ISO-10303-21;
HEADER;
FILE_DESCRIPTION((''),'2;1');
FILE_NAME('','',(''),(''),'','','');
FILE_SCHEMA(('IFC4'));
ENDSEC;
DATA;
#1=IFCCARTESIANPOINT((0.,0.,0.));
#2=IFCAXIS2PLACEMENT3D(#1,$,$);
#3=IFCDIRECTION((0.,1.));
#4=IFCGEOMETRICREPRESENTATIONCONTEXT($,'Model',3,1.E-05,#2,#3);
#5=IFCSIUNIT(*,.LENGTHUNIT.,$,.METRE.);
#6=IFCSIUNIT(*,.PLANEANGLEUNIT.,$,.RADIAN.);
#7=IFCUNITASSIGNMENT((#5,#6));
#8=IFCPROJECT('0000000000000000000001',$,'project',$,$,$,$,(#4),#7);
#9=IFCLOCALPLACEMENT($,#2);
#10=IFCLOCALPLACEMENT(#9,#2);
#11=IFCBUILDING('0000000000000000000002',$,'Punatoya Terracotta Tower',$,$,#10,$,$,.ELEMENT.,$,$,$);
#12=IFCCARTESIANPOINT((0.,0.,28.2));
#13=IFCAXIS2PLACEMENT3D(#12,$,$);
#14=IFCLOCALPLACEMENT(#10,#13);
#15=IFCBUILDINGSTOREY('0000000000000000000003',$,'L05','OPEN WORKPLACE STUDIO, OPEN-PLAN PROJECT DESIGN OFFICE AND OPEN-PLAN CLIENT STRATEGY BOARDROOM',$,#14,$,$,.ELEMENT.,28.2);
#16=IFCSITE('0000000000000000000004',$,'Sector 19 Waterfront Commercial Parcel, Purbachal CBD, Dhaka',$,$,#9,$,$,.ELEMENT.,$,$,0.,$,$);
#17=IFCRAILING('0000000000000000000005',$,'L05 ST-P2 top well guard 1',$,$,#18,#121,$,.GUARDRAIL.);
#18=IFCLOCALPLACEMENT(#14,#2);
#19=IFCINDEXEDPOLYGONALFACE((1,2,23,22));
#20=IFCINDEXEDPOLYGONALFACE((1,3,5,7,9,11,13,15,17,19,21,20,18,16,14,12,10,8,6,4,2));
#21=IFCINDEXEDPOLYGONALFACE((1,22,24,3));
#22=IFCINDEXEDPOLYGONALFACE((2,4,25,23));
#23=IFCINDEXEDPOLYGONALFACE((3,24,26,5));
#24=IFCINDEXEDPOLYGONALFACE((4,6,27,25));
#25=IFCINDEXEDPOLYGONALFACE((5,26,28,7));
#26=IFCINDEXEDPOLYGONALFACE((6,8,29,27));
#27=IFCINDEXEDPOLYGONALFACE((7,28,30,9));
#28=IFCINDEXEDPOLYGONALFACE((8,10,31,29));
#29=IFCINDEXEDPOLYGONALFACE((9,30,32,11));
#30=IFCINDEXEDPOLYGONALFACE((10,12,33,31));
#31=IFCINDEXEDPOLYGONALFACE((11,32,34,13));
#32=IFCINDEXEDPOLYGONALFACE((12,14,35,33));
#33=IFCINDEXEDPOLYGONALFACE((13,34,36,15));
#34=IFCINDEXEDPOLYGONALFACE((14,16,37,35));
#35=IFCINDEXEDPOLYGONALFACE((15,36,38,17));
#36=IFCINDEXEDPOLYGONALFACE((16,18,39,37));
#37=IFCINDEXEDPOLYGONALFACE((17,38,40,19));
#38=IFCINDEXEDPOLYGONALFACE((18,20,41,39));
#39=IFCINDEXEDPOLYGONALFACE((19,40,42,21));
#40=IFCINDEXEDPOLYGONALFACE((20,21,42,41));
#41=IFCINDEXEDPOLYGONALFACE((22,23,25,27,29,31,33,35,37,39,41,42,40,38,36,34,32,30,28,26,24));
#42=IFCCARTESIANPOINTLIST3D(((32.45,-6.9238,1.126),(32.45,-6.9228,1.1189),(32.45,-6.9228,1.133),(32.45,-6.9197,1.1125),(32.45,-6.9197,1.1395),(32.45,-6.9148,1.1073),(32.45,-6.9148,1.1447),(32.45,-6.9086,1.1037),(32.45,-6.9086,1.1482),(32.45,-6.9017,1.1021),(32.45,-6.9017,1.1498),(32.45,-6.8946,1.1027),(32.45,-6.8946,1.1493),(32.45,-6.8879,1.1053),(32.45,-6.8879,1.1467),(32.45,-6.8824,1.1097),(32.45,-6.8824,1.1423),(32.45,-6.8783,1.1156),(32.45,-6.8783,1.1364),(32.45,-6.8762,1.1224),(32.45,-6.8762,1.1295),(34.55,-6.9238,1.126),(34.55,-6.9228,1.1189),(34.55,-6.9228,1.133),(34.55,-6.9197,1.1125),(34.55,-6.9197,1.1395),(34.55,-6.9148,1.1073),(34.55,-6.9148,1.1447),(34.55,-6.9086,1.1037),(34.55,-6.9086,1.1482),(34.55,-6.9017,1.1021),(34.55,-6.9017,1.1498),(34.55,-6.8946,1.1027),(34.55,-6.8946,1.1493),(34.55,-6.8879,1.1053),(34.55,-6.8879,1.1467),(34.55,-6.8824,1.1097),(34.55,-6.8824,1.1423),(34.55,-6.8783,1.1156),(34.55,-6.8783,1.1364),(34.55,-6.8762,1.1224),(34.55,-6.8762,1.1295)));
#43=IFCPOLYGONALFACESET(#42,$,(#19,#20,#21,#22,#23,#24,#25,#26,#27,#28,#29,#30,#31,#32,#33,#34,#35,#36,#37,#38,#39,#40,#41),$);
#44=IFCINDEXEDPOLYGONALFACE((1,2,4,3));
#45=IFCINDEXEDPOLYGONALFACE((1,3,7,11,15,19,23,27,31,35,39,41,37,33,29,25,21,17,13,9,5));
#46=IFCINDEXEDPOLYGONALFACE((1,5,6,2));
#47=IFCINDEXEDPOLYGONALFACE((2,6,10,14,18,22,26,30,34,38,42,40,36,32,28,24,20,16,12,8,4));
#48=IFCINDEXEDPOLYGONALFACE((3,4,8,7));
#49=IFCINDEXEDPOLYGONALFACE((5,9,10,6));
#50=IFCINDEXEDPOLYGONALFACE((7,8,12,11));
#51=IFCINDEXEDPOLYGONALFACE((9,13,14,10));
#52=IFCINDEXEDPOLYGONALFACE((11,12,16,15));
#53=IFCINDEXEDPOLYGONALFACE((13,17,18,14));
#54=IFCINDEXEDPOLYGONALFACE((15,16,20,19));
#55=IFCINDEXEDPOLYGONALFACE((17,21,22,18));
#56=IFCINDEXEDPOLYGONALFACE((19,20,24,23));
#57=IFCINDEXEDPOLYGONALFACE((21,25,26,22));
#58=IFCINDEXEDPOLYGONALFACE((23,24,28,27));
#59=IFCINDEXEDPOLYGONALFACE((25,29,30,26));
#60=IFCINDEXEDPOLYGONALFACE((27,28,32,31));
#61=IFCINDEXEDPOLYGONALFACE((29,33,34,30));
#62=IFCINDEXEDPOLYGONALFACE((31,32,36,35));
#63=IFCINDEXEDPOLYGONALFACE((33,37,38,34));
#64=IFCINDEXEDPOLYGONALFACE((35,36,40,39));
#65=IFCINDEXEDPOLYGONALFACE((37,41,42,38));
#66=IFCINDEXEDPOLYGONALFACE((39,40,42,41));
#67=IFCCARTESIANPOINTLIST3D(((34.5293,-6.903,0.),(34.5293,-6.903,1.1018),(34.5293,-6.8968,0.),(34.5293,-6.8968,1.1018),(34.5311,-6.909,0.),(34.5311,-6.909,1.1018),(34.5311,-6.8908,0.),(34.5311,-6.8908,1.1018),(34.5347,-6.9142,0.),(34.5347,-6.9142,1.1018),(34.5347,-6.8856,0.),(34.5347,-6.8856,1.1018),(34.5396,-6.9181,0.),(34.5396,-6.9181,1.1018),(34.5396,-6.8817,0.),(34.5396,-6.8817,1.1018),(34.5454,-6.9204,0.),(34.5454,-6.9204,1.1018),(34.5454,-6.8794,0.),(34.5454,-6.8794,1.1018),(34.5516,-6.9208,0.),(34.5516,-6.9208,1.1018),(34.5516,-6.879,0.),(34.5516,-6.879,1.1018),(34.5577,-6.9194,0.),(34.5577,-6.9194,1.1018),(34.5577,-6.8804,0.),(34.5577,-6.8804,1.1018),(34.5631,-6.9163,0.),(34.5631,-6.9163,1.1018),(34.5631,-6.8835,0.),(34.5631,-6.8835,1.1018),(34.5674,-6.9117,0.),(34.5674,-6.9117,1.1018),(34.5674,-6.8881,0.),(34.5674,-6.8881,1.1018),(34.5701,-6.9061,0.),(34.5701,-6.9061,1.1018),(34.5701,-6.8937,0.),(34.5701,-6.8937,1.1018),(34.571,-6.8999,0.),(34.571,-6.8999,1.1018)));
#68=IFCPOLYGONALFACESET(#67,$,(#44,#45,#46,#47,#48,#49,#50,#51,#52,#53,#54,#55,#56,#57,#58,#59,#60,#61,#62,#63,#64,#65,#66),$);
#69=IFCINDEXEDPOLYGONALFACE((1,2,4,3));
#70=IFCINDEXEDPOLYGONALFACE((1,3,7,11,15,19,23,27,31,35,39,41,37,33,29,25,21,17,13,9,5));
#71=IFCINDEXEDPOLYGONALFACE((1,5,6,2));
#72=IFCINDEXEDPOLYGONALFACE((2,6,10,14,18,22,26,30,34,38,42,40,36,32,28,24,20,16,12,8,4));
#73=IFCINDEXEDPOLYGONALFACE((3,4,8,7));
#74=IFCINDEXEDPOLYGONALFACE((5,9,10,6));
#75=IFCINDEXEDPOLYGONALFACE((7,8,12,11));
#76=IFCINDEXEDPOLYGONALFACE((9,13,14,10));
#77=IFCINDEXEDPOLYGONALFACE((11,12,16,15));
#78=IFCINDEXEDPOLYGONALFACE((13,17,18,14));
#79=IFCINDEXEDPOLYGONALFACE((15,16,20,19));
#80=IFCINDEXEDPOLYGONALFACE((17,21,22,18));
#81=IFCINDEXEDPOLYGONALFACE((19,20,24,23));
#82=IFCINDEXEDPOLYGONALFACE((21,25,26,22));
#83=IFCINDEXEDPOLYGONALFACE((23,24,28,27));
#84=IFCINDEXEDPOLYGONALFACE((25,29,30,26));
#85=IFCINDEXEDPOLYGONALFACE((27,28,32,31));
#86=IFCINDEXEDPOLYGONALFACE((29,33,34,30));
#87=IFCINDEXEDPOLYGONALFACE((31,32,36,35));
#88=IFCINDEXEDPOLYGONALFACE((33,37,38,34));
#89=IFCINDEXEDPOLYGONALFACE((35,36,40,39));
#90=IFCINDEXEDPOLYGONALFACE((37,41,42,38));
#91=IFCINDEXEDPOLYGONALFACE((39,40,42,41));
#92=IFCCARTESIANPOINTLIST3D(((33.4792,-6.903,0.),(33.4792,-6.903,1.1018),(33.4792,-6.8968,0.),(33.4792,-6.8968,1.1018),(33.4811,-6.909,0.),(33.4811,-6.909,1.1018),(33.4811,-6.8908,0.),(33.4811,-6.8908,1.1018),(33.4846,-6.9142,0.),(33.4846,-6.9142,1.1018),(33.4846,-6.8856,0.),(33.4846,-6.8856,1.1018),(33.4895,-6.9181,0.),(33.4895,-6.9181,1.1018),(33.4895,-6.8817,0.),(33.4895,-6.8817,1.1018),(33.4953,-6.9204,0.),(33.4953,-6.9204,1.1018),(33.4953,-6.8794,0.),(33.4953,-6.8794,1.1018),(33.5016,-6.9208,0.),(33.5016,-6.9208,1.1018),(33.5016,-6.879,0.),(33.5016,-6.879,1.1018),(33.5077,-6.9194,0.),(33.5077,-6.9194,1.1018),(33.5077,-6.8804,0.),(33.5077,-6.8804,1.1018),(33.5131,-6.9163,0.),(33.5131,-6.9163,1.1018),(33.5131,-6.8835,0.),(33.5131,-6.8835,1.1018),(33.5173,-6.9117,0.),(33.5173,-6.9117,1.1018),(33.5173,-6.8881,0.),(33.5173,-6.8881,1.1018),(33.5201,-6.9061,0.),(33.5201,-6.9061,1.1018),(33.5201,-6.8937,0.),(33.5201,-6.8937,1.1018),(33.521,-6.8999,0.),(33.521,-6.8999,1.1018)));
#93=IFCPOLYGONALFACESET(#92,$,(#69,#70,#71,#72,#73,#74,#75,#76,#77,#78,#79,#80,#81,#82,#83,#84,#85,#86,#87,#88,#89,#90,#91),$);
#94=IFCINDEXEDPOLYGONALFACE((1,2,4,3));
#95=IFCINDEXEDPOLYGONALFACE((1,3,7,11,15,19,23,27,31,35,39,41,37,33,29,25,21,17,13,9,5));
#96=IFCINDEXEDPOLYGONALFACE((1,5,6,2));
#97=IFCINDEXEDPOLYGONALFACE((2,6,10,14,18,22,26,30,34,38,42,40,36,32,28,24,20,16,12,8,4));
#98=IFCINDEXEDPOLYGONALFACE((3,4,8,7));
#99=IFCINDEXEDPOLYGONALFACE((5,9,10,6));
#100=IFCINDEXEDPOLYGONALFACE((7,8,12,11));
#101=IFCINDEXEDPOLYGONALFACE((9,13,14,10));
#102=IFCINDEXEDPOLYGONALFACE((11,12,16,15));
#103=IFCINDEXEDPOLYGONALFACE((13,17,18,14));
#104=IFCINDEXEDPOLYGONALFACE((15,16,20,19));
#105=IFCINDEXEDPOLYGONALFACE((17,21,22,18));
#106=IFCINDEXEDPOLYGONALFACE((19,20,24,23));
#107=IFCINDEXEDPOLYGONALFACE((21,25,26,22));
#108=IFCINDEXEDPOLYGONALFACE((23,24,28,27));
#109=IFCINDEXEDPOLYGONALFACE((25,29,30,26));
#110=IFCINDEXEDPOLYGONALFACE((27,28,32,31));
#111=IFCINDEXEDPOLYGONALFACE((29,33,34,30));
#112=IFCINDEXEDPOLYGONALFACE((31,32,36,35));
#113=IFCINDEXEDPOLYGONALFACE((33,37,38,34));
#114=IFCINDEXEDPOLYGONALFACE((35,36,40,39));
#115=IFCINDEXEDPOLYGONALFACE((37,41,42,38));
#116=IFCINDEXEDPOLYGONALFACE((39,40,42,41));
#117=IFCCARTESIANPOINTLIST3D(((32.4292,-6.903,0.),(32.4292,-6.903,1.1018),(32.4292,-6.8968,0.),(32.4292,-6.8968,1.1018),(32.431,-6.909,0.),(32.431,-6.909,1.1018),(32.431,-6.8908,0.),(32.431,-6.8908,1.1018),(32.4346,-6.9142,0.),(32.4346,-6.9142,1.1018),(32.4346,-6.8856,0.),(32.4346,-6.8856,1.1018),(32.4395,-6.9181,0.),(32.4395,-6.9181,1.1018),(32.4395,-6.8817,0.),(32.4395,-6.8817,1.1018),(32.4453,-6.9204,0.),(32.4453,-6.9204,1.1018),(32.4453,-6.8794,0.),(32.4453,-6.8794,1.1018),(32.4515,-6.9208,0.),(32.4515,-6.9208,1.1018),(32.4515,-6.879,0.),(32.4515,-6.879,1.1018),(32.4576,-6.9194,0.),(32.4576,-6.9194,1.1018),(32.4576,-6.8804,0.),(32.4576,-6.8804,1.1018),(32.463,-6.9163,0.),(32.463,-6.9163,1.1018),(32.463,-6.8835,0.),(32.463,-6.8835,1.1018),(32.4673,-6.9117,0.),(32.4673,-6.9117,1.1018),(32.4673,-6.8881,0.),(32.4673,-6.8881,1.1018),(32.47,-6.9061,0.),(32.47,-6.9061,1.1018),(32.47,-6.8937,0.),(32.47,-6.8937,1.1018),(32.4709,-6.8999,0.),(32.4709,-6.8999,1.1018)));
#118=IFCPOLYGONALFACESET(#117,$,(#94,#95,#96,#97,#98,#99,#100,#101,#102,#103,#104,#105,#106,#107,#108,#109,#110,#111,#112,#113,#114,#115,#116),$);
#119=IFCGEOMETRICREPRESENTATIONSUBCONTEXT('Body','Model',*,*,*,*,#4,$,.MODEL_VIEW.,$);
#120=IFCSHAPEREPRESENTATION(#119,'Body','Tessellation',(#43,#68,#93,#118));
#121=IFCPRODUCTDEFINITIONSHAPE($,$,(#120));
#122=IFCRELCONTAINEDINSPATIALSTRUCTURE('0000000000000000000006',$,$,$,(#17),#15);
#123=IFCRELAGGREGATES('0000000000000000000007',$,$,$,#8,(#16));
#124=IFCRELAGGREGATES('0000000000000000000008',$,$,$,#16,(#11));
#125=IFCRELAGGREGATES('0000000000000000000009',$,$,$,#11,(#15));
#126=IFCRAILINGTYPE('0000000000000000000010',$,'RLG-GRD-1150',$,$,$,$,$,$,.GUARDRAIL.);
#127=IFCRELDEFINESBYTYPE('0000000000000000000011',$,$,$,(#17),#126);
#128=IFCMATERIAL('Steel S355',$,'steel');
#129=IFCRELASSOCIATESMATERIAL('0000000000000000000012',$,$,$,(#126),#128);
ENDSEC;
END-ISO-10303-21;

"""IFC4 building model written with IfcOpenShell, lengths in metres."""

from ifc_helpers import new_model, si_unit, direction, frame, origin, origin_2d, place, context, subcontext, project, spatial, circle, extrude, material, type_object, element, save


model = new_model("IFC4")

# Units and contexts
model_context = context("Model", 3, precision=1e-05, world=origin(), true_north=direction((0.0, 1.0)))
body_context = subcontext(model_context, "Body", "Model", "MODEL_VIEW")
ifc_project = project(units=[si_unit("LENGTHUNIT", "METRE"), si_unit("PLANEANGLEUNIT", "RADIAN")], contexts=[model_context])

# Site, building, storey
site_placement = place(None, origin())
site = spatial("IfcSite", under=ifc_project, at=site_placement, Name="Sector 19 Waterfront Commercial Parcel, Purbachal CBD, Dhaka", CompositionType="ELEMENT", RefElevation=0.0)
building_placement = place(site_placement, origin())
building = spatial("IfcBuilding", under=site, at=building_placement, Name="Punatoya Terracotta Tower", CompositionType="ELEMENT")
storey_placement = place(building_placement, frame((0.0, 0.0, 28.2)))
storey = spatial("IfcBuildingStorey", under=building, at=storey_placement, Name="L05", Description="OPEN WORKPLACE STUDIO, OPEN-PLAN PROJECT DESIGN OFFICE AND OPEN-PLAN CLIENT STRATEGY BOARDROOM", CompositionType="ELEMENT", Elevation=28.2)

# Shared definitions
ifc_material_1 = material(Name="Steel S355", Category="steel")

# Railing
railing_type_1 = type_object("IfcRailingType", Name="RLG-GRD-1150", PredefinedType="GUARDRAIL", material=ifc_material_1)
railing_1_placement = place(storey_placement, frame((34.55, -6.8999, 0.0)))
element("IfcRailing", 1, at=railing_1_placement, inside=storey, type_object=railing_type_1, Name="L05 ST-P2 top well guard 1", PredefinedType="GUARDRAIL", context=body_context, shape_type="SweptSolid", body=[
    extrude(circle(Radius=0.0239, at=origin_2d()), frame((0.0, 0.0, 1.126), z_axis=(-1.0, 0.0, 0.0), x_axis=(0.0, -1.0, 0.0)), (0.0, 0.0, 1.0), 2.1001),
    extrude(circle(Radius=0.021, at=origin_2d()), origin(), (0.0, 0.0, 1.0), 1.1018),
    extrude(circle(Radius=0.021, at=origin_2d()), frame((-1.05, 0.0, 0.0)), (0.0, 0.0, 1.0), 1.1018),
    extrude(circle(Radius=0.021, at=origin_2d()), frame((-2.1001, 0.0, 0.0)), (0.0, 0.0, 1.0), 1.1018),
])

save(model, "model.ifc")
